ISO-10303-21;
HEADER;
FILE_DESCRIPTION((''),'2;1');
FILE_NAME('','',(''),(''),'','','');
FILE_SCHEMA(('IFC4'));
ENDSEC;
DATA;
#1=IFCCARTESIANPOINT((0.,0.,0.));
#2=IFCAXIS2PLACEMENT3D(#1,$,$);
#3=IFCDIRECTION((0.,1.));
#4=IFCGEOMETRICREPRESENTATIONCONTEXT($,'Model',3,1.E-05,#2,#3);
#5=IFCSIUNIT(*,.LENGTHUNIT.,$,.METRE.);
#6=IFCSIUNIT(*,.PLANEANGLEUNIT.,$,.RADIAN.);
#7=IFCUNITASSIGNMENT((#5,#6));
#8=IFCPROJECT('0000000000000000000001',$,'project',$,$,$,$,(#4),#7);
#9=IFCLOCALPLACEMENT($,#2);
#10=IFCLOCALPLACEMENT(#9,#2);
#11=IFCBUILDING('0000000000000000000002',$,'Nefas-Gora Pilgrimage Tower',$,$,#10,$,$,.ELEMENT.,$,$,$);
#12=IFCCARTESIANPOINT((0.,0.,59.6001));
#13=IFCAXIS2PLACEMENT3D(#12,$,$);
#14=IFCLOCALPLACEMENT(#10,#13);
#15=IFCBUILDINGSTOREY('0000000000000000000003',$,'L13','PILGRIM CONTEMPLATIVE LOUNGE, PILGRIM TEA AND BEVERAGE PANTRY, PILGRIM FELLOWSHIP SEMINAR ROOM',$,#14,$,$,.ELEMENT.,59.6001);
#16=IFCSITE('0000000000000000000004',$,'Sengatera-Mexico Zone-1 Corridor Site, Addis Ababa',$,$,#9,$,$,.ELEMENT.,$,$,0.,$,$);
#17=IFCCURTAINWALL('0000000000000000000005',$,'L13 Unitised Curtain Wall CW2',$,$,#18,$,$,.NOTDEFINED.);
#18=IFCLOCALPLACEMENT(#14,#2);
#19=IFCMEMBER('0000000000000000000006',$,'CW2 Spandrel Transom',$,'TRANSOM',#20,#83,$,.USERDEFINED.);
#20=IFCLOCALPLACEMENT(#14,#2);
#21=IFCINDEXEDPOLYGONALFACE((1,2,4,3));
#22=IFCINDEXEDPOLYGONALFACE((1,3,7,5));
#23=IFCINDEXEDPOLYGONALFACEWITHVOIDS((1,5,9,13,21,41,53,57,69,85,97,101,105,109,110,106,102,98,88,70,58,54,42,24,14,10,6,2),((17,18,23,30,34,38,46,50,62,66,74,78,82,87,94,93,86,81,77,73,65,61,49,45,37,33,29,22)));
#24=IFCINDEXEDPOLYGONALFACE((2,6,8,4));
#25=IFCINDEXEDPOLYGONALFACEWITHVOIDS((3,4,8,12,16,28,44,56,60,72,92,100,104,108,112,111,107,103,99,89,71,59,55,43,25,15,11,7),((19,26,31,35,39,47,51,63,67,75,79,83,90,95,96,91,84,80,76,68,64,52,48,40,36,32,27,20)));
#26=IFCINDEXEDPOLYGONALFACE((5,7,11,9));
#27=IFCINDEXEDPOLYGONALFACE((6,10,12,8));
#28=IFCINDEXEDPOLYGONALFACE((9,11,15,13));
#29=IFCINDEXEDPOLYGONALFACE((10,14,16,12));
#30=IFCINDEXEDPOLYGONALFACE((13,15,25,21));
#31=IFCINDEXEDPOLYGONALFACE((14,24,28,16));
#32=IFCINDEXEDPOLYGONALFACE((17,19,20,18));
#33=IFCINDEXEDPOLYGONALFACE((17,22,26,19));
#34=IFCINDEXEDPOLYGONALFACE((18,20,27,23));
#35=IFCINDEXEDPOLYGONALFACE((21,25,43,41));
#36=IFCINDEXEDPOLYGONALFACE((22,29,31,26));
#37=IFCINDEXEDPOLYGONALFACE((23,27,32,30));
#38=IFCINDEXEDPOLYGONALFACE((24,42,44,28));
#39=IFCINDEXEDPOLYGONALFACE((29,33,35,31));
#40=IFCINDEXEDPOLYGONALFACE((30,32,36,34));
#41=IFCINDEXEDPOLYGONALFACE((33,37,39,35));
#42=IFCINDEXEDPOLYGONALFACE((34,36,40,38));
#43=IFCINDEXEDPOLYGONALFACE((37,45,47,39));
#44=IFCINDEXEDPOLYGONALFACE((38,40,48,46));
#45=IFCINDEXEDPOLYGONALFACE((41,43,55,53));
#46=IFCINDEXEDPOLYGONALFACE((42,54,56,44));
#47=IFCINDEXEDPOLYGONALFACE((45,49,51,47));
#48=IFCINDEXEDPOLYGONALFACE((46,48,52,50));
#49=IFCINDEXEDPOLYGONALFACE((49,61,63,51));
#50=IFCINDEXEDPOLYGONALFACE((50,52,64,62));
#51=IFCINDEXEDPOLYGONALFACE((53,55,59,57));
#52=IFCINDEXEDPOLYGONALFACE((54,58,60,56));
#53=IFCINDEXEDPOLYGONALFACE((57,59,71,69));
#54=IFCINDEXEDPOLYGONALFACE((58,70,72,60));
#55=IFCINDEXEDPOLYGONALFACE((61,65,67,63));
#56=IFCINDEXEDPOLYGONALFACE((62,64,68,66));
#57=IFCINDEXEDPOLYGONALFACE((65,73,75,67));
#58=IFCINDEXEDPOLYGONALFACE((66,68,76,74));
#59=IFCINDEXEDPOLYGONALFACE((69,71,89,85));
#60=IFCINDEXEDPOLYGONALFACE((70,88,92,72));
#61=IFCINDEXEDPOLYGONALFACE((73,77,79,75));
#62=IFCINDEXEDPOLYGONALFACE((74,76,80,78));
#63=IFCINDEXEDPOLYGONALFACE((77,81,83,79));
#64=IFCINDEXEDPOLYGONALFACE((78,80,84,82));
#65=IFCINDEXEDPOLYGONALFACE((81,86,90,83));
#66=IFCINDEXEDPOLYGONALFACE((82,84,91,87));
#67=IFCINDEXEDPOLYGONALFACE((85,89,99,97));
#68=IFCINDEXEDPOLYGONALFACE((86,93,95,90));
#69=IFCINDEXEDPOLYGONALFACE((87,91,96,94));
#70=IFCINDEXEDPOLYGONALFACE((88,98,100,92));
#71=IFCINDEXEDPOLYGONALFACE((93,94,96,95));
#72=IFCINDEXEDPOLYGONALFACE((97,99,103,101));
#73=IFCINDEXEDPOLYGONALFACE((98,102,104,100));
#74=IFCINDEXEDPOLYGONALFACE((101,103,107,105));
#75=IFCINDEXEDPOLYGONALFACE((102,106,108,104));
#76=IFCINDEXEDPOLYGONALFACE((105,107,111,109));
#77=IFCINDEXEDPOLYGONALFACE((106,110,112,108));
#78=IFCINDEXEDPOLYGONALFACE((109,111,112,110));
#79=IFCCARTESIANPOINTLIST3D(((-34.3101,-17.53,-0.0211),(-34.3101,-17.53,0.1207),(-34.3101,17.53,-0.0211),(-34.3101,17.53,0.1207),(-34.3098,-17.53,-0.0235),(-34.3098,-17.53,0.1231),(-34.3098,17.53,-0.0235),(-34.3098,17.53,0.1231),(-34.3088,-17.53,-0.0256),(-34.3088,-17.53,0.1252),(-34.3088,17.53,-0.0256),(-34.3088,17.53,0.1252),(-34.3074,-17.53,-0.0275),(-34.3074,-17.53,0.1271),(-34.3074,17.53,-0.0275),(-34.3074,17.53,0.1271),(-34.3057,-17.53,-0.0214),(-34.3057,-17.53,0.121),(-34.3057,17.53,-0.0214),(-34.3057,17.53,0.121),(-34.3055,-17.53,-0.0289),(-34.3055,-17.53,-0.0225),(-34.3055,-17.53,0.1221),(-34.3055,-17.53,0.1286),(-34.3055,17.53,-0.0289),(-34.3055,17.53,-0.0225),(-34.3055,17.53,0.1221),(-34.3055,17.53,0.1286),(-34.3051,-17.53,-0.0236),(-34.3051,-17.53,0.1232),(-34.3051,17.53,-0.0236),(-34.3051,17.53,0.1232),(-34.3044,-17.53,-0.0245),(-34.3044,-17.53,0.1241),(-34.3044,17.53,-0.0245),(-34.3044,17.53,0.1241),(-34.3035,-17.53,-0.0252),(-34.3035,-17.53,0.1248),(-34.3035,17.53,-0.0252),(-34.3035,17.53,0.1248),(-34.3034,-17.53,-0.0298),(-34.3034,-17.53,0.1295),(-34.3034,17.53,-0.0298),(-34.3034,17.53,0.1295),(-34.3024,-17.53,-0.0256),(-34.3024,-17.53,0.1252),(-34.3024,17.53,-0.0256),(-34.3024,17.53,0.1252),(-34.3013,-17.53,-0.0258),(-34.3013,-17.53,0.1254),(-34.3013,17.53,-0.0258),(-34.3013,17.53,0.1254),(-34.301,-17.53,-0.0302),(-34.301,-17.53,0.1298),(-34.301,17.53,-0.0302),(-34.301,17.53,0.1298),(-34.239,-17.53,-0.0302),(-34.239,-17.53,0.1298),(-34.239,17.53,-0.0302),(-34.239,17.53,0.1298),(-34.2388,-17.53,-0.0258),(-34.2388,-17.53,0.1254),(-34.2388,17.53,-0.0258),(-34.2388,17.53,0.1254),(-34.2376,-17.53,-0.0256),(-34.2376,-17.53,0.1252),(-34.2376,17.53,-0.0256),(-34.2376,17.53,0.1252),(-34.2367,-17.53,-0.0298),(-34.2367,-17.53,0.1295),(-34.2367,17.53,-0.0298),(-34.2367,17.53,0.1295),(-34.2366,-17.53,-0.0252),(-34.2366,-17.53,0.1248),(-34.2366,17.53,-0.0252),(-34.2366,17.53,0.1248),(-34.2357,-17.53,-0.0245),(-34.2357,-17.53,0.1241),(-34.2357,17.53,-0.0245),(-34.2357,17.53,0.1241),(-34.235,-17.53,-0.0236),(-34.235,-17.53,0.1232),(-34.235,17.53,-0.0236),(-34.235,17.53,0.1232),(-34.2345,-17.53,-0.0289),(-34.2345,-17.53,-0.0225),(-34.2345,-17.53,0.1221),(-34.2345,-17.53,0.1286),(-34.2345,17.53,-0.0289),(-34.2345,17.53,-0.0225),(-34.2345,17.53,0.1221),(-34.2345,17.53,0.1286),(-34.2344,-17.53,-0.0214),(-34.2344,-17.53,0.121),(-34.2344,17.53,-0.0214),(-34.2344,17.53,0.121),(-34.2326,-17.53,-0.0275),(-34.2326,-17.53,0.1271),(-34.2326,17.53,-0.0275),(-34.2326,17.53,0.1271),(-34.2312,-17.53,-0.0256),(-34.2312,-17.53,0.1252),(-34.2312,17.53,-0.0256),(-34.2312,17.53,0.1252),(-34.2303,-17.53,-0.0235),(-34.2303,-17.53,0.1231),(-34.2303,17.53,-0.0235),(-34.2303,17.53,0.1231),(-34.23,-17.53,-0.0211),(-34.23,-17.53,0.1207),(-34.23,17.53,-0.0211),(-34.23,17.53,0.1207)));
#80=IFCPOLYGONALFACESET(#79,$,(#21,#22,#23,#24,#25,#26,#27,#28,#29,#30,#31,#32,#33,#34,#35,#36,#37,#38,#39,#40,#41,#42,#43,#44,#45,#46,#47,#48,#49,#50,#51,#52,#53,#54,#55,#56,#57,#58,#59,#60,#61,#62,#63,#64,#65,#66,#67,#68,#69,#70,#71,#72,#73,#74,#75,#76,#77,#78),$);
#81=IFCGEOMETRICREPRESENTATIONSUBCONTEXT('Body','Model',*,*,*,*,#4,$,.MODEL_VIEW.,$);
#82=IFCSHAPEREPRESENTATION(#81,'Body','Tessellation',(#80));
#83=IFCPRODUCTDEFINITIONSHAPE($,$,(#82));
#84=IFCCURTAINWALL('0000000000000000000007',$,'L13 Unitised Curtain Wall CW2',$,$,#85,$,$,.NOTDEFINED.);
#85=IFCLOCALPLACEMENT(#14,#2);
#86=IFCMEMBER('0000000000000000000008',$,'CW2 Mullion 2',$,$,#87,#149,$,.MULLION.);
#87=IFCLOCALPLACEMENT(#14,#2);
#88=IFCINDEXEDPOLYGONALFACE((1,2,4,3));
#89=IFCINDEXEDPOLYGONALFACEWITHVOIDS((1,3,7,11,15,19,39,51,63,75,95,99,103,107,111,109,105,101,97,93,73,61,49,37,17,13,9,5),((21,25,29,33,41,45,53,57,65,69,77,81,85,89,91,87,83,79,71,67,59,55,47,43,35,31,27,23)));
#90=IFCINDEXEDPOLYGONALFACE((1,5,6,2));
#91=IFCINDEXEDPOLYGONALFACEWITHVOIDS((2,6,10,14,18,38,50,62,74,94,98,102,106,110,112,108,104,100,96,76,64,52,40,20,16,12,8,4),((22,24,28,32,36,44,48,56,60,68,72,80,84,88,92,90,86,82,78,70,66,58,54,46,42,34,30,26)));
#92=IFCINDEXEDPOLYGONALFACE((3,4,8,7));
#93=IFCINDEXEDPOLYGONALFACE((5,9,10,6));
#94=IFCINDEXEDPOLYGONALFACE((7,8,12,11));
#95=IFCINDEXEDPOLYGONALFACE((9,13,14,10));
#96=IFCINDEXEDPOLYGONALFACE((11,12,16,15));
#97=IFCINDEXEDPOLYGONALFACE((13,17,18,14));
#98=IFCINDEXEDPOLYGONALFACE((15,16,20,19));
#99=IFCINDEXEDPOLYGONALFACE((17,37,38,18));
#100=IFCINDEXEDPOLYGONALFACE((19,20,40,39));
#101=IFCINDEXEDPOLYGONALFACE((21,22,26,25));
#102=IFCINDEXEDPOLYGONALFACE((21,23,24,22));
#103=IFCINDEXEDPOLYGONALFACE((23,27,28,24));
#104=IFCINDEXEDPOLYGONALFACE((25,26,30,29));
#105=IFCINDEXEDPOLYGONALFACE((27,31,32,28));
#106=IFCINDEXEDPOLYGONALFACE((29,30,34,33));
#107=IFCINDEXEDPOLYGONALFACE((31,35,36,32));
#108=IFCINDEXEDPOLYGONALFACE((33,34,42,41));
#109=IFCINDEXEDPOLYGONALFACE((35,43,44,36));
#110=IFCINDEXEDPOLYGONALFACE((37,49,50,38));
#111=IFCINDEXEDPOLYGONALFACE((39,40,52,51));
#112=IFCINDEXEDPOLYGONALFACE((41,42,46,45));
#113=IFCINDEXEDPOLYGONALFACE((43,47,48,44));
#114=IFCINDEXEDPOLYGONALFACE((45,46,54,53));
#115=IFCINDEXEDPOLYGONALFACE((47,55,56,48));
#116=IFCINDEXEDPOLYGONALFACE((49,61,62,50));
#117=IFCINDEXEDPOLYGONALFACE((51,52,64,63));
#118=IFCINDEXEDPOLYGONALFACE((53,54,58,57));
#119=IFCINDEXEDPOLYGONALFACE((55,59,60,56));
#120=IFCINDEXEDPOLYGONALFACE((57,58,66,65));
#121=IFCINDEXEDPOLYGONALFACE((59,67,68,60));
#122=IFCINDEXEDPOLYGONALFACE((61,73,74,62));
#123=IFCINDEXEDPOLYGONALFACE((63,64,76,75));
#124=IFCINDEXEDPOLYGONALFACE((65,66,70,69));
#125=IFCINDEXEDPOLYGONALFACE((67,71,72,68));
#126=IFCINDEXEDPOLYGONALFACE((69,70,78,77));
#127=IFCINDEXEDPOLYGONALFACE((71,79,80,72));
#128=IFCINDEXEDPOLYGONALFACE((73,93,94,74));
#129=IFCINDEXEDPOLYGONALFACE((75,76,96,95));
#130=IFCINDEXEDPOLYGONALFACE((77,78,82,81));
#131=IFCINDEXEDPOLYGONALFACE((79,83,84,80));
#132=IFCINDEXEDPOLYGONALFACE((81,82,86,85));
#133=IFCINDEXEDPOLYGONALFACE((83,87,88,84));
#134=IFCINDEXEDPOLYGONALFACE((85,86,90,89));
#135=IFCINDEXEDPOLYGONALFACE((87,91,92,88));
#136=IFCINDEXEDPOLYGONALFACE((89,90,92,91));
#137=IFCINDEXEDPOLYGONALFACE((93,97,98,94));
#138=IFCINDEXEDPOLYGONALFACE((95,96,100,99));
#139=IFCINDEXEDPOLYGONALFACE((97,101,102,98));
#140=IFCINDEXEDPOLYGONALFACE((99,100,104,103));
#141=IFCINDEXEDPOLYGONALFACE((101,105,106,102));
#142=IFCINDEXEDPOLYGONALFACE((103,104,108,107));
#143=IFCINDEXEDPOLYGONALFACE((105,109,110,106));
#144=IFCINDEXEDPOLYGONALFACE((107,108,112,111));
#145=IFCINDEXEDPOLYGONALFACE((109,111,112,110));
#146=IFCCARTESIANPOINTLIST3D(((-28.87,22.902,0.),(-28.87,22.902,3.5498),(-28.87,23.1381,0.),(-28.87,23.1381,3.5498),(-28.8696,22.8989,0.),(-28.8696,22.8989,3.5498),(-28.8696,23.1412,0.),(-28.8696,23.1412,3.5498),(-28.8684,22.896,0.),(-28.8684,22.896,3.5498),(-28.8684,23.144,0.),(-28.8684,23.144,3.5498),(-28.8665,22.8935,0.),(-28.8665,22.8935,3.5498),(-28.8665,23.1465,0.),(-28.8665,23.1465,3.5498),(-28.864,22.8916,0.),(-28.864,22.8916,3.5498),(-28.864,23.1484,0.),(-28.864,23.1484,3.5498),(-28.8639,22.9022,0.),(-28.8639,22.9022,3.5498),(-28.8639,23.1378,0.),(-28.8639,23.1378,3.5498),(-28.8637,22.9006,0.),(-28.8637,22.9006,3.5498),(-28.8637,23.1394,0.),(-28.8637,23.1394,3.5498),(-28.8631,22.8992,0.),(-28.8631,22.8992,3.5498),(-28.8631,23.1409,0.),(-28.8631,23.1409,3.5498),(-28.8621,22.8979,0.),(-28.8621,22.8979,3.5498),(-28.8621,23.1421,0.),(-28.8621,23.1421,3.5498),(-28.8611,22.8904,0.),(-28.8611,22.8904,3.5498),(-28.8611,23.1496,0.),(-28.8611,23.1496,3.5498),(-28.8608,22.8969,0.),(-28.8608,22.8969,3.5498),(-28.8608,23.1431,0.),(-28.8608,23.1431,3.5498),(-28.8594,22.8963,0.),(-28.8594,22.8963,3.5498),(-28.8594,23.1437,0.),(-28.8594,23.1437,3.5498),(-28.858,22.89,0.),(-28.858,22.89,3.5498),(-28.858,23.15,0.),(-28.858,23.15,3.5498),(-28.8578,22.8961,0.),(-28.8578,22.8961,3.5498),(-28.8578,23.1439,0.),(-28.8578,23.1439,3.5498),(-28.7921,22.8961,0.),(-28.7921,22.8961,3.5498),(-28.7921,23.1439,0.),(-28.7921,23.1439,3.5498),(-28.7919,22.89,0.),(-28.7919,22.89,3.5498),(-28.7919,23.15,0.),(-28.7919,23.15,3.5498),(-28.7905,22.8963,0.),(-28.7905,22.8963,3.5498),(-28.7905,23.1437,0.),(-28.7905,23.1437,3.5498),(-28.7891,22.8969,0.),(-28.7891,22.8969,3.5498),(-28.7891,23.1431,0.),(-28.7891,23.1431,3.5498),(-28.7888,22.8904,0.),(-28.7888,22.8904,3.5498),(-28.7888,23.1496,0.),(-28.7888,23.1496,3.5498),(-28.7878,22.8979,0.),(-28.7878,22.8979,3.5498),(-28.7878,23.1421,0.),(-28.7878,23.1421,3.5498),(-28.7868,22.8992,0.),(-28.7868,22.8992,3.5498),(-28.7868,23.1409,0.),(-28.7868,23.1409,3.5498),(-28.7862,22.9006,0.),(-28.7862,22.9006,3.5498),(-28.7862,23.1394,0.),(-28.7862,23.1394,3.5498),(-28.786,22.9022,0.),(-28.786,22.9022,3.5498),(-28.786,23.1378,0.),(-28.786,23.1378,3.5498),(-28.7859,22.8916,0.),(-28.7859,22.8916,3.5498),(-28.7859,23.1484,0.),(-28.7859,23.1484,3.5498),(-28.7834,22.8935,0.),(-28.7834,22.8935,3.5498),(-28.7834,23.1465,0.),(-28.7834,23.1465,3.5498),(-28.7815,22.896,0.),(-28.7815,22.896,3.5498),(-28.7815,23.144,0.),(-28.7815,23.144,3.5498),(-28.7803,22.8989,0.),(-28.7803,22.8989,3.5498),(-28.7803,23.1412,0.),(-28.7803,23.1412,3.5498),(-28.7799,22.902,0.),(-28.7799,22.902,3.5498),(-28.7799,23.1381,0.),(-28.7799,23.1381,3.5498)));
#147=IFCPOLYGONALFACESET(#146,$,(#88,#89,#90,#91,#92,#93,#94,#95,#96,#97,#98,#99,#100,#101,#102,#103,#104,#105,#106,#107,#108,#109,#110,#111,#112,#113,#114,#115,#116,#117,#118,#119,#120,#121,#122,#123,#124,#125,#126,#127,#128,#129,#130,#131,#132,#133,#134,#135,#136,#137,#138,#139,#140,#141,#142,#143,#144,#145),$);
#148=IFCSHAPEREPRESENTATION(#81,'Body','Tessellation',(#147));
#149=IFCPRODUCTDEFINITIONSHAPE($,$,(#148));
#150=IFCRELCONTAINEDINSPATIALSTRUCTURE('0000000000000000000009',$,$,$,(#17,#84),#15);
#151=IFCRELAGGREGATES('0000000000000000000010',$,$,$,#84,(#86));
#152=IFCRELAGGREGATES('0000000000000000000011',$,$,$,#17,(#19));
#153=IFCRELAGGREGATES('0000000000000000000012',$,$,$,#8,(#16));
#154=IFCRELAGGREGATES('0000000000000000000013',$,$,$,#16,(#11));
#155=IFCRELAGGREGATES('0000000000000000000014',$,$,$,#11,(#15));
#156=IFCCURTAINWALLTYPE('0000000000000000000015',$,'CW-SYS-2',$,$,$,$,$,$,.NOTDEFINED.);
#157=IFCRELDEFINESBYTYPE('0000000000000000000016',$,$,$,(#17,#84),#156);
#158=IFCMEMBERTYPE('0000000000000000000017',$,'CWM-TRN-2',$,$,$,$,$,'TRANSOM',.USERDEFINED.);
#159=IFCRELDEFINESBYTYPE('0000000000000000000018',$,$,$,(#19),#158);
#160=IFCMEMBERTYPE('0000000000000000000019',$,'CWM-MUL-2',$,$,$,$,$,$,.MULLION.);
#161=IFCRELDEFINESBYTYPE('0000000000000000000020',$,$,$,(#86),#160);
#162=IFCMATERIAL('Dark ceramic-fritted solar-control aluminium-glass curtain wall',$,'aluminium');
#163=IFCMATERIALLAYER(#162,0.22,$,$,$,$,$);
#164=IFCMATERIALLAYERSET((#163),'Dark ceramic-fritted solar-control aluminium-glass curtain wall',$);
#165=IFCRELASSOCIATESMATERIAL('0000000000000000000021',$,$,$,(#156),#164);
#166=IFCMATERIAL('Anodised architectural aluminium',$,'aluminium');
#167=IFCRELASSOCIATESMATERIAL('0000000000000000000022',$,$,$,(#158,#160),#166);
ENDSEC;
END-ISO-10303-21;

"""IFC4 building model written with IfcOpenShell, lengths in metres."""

from ifc_helpers import new_model, si_unit, direction, frame, origin, origin_2d, place, context, subcontext, project, spatial, hollow_rectangle, extrude, source, transform, mapped, material, layer, layer_set, material_profile, profile_set, type_object, element, aggregate, save


model = new_model("IFC4")

# Units and contexts
model_context = context("Model", 3, precision=1e-05, world=origin(), true_north=direction((0.0, 1.0)))
body_context = subcontext(model_context, "Body", "Model", "MODEL_VIEW")
ifc_project = project(units=[si_unit("LENGTHUNIT", "METRE"), si_unit("PLANEANGLEUNIT", "RADIAN")], contexts=[model_context])

# Site, building, storey
site_placement = place(None, origin())
site = spatial("IfcSite", under=ifc_project, at=site_placement, Name="Sengatera-Mexico Zone-1 Corridor Site, Addis Ababa", CompositionType="ELEMENT", RefElevation=0.0)
building_placement = place(site_placement, origin())
building = spatial("IfcBuilding", under=site, at=building_placement, Name="Nefas-Gora Pilgrimage Tower", CompositionType="ELEMENT")
storey_placement = place(building_placement, frame((0.0, 0.0, 59.6001)))
storey = spatial("IfcBuildingStorey", under=building, at=storey_placement, Name="L13", Description="PILGRIM CONTEMPLATIVE LOUNGE, PILGRIM TEA AND BEVERAGE PANTRY, PILGRIM FELLOWSHIP SEMINAR ROOM", CompositionType="ELEMENT", Elevation=59.6001)

# Curtain walls, members
ifc_material_1 = material(Name="Dark ceramic-fritted solar-control aluminium-glass curtain wall", Category="aluminium")
ifc_layer_1 = layer(ifc_material_1, 0.22)
ifc_layer_set_1 = layer_set([ifc_layer_1], Name="Dark ceramic-fritted solar-control aluminium-glass curtain wall")
curtain_wall_type = type_object("IfcCurtainWallType", Name="CW-SYS-2", PredefinedType="NOTDEFINED", material=ifc_layer_set_1)
curtain_wall_1_placement = place(storey_placement, origin())
curtain_wall_1 = element("IfcCurtainWall", 1, at=curtain_wall_1_placement, inside=storey, type_object=curtain_wall_type, Name="L13 Unitised Curtain Wall CW2", PredefinedType="NOTDEFINED")
ifc_material_2 = material(Name="Anodised architectural aluminium", Category="aluminium")
ifc_material_profile_1 = material_profile(ifc_material_2, hollow_rectangle(XDim=0.0801, YDim=0.1599, WallThickness=0.0044, InnerFilletRadius=0.0044, OuterFilletRadius=0.009, at=origin_2d()), Name="ALU TRANSOM 80x160")
ifc_profile_set_1 = profile_set([ifc_material_profile_1], Name="Anodised architectural aluminium")
member_type_1 = type_object("IfcMemberType", Name="CWM-TRN-2", ElementType="TRANSOM", PredefinedType="USERDEFINED", material=ifc_profile_set_1)
shared_shape_1 = source(origin(), body_context, "Body", "SweptSolid", [
    extrude(hollow_rectangle(XDim=0.0801, YDim=0.1599, WallThickness=0.0044, InnerFilletRadius=0.0044, OuterFilletRadius=0.009, at=origin_2d()), origin(), (0.0, 0.0, 1.0), 35.0601),
])
member_1_placement = place(storey_placement, frame((-34.27, 17.53, 0.0498), z_axis=(0.0, -1.0, 0.0), x_axis=(1.0, 0.0, 0.0)))
member_1 = element("IfcMember", 2, at=member_1_placement, type_object=member_type_1, Name="CW2 Spandrel Transom", ObjectType="TRANSOM", PredefinedType="USERDEFINED", context=body_context, shape_type="MappedRepresentation", body=[
    mapped(shared_shape_1, transform((0.0, 0.0, 0.0), x_axis=(1.0, 0.0, 0.0), y_axis=(0.0, 1.0, 0.0), z_axis=(0.0, 0.0, 1.0), scale=1.0)),
])
curtain_wall_2_placement = place(storey_placement, origin())
curtain_wall_2 = element("IfcCurtainWall", 3, at=curtain_wall_2_placement, inside=storey, type_object=curtain_wall_type, Name="L13 Unitised Curtain Wall CW2", PredefinedType="NOTDEFINED")
ifc_material_profile_2 = material_profile(ifc_material_2, hollow_rectangle(XDim=0.0901, YDim=0.26, WallThickness=0.0061, InnerFilletRadius=0.0061, OuterFilletRadius=0.012, at=origin_2d()), Name="ALU MULLION 90x260")
ifc_profile_set_2 = profile_set([ifc_material_profile_2], Name="Anodised architectural aluminium")
member_type_2 = type_object("IfcMemberType", Name="CWM-MUL-2", PredefinedType="MULLION", material=ifc_profile_set_2)
shared_shape_2 = source(origin(), body_context, "Body", "SweptSolid", [
    extrude(hollow_rectangle(XDim=0.0901, YDim=0.26, WallThickness=0.0061, InnerFilletRadius=0.0061, OuterFilletRadius=0.012, at=origin_2d()), origin(), (0.0, 0.0, 1.0), 3.5498),
])
member_2_placement = place(storey_placement, frame((-28.825, 23.02, 0.0), z_axis=(0.0, 0.0, 1.0), x_axis=(-1.0, 0.0, 0.0)))
member_2 = element("IfcMember", 4, at=member_2_placement, type_object=member_type_2, Name="CW2 Mullion 2", PredefinedType="MULLION", context=body_context, shape_type="MappedRepresentation", body=[
    mapped(shared_shape_2, transform((0.0, 0.0, 0.0), x_axis=(1.0, 0.0, 0.0), y_axis=(0.0, 1.0, 0.0), z_axis=(0.0, 0.0, 1.0), scale=1.0)),
])
aggregate(curtain_wall_2, [member_2])

aggregate(curtain_wall_1, [member_1])

save(model, "model.ifc")
